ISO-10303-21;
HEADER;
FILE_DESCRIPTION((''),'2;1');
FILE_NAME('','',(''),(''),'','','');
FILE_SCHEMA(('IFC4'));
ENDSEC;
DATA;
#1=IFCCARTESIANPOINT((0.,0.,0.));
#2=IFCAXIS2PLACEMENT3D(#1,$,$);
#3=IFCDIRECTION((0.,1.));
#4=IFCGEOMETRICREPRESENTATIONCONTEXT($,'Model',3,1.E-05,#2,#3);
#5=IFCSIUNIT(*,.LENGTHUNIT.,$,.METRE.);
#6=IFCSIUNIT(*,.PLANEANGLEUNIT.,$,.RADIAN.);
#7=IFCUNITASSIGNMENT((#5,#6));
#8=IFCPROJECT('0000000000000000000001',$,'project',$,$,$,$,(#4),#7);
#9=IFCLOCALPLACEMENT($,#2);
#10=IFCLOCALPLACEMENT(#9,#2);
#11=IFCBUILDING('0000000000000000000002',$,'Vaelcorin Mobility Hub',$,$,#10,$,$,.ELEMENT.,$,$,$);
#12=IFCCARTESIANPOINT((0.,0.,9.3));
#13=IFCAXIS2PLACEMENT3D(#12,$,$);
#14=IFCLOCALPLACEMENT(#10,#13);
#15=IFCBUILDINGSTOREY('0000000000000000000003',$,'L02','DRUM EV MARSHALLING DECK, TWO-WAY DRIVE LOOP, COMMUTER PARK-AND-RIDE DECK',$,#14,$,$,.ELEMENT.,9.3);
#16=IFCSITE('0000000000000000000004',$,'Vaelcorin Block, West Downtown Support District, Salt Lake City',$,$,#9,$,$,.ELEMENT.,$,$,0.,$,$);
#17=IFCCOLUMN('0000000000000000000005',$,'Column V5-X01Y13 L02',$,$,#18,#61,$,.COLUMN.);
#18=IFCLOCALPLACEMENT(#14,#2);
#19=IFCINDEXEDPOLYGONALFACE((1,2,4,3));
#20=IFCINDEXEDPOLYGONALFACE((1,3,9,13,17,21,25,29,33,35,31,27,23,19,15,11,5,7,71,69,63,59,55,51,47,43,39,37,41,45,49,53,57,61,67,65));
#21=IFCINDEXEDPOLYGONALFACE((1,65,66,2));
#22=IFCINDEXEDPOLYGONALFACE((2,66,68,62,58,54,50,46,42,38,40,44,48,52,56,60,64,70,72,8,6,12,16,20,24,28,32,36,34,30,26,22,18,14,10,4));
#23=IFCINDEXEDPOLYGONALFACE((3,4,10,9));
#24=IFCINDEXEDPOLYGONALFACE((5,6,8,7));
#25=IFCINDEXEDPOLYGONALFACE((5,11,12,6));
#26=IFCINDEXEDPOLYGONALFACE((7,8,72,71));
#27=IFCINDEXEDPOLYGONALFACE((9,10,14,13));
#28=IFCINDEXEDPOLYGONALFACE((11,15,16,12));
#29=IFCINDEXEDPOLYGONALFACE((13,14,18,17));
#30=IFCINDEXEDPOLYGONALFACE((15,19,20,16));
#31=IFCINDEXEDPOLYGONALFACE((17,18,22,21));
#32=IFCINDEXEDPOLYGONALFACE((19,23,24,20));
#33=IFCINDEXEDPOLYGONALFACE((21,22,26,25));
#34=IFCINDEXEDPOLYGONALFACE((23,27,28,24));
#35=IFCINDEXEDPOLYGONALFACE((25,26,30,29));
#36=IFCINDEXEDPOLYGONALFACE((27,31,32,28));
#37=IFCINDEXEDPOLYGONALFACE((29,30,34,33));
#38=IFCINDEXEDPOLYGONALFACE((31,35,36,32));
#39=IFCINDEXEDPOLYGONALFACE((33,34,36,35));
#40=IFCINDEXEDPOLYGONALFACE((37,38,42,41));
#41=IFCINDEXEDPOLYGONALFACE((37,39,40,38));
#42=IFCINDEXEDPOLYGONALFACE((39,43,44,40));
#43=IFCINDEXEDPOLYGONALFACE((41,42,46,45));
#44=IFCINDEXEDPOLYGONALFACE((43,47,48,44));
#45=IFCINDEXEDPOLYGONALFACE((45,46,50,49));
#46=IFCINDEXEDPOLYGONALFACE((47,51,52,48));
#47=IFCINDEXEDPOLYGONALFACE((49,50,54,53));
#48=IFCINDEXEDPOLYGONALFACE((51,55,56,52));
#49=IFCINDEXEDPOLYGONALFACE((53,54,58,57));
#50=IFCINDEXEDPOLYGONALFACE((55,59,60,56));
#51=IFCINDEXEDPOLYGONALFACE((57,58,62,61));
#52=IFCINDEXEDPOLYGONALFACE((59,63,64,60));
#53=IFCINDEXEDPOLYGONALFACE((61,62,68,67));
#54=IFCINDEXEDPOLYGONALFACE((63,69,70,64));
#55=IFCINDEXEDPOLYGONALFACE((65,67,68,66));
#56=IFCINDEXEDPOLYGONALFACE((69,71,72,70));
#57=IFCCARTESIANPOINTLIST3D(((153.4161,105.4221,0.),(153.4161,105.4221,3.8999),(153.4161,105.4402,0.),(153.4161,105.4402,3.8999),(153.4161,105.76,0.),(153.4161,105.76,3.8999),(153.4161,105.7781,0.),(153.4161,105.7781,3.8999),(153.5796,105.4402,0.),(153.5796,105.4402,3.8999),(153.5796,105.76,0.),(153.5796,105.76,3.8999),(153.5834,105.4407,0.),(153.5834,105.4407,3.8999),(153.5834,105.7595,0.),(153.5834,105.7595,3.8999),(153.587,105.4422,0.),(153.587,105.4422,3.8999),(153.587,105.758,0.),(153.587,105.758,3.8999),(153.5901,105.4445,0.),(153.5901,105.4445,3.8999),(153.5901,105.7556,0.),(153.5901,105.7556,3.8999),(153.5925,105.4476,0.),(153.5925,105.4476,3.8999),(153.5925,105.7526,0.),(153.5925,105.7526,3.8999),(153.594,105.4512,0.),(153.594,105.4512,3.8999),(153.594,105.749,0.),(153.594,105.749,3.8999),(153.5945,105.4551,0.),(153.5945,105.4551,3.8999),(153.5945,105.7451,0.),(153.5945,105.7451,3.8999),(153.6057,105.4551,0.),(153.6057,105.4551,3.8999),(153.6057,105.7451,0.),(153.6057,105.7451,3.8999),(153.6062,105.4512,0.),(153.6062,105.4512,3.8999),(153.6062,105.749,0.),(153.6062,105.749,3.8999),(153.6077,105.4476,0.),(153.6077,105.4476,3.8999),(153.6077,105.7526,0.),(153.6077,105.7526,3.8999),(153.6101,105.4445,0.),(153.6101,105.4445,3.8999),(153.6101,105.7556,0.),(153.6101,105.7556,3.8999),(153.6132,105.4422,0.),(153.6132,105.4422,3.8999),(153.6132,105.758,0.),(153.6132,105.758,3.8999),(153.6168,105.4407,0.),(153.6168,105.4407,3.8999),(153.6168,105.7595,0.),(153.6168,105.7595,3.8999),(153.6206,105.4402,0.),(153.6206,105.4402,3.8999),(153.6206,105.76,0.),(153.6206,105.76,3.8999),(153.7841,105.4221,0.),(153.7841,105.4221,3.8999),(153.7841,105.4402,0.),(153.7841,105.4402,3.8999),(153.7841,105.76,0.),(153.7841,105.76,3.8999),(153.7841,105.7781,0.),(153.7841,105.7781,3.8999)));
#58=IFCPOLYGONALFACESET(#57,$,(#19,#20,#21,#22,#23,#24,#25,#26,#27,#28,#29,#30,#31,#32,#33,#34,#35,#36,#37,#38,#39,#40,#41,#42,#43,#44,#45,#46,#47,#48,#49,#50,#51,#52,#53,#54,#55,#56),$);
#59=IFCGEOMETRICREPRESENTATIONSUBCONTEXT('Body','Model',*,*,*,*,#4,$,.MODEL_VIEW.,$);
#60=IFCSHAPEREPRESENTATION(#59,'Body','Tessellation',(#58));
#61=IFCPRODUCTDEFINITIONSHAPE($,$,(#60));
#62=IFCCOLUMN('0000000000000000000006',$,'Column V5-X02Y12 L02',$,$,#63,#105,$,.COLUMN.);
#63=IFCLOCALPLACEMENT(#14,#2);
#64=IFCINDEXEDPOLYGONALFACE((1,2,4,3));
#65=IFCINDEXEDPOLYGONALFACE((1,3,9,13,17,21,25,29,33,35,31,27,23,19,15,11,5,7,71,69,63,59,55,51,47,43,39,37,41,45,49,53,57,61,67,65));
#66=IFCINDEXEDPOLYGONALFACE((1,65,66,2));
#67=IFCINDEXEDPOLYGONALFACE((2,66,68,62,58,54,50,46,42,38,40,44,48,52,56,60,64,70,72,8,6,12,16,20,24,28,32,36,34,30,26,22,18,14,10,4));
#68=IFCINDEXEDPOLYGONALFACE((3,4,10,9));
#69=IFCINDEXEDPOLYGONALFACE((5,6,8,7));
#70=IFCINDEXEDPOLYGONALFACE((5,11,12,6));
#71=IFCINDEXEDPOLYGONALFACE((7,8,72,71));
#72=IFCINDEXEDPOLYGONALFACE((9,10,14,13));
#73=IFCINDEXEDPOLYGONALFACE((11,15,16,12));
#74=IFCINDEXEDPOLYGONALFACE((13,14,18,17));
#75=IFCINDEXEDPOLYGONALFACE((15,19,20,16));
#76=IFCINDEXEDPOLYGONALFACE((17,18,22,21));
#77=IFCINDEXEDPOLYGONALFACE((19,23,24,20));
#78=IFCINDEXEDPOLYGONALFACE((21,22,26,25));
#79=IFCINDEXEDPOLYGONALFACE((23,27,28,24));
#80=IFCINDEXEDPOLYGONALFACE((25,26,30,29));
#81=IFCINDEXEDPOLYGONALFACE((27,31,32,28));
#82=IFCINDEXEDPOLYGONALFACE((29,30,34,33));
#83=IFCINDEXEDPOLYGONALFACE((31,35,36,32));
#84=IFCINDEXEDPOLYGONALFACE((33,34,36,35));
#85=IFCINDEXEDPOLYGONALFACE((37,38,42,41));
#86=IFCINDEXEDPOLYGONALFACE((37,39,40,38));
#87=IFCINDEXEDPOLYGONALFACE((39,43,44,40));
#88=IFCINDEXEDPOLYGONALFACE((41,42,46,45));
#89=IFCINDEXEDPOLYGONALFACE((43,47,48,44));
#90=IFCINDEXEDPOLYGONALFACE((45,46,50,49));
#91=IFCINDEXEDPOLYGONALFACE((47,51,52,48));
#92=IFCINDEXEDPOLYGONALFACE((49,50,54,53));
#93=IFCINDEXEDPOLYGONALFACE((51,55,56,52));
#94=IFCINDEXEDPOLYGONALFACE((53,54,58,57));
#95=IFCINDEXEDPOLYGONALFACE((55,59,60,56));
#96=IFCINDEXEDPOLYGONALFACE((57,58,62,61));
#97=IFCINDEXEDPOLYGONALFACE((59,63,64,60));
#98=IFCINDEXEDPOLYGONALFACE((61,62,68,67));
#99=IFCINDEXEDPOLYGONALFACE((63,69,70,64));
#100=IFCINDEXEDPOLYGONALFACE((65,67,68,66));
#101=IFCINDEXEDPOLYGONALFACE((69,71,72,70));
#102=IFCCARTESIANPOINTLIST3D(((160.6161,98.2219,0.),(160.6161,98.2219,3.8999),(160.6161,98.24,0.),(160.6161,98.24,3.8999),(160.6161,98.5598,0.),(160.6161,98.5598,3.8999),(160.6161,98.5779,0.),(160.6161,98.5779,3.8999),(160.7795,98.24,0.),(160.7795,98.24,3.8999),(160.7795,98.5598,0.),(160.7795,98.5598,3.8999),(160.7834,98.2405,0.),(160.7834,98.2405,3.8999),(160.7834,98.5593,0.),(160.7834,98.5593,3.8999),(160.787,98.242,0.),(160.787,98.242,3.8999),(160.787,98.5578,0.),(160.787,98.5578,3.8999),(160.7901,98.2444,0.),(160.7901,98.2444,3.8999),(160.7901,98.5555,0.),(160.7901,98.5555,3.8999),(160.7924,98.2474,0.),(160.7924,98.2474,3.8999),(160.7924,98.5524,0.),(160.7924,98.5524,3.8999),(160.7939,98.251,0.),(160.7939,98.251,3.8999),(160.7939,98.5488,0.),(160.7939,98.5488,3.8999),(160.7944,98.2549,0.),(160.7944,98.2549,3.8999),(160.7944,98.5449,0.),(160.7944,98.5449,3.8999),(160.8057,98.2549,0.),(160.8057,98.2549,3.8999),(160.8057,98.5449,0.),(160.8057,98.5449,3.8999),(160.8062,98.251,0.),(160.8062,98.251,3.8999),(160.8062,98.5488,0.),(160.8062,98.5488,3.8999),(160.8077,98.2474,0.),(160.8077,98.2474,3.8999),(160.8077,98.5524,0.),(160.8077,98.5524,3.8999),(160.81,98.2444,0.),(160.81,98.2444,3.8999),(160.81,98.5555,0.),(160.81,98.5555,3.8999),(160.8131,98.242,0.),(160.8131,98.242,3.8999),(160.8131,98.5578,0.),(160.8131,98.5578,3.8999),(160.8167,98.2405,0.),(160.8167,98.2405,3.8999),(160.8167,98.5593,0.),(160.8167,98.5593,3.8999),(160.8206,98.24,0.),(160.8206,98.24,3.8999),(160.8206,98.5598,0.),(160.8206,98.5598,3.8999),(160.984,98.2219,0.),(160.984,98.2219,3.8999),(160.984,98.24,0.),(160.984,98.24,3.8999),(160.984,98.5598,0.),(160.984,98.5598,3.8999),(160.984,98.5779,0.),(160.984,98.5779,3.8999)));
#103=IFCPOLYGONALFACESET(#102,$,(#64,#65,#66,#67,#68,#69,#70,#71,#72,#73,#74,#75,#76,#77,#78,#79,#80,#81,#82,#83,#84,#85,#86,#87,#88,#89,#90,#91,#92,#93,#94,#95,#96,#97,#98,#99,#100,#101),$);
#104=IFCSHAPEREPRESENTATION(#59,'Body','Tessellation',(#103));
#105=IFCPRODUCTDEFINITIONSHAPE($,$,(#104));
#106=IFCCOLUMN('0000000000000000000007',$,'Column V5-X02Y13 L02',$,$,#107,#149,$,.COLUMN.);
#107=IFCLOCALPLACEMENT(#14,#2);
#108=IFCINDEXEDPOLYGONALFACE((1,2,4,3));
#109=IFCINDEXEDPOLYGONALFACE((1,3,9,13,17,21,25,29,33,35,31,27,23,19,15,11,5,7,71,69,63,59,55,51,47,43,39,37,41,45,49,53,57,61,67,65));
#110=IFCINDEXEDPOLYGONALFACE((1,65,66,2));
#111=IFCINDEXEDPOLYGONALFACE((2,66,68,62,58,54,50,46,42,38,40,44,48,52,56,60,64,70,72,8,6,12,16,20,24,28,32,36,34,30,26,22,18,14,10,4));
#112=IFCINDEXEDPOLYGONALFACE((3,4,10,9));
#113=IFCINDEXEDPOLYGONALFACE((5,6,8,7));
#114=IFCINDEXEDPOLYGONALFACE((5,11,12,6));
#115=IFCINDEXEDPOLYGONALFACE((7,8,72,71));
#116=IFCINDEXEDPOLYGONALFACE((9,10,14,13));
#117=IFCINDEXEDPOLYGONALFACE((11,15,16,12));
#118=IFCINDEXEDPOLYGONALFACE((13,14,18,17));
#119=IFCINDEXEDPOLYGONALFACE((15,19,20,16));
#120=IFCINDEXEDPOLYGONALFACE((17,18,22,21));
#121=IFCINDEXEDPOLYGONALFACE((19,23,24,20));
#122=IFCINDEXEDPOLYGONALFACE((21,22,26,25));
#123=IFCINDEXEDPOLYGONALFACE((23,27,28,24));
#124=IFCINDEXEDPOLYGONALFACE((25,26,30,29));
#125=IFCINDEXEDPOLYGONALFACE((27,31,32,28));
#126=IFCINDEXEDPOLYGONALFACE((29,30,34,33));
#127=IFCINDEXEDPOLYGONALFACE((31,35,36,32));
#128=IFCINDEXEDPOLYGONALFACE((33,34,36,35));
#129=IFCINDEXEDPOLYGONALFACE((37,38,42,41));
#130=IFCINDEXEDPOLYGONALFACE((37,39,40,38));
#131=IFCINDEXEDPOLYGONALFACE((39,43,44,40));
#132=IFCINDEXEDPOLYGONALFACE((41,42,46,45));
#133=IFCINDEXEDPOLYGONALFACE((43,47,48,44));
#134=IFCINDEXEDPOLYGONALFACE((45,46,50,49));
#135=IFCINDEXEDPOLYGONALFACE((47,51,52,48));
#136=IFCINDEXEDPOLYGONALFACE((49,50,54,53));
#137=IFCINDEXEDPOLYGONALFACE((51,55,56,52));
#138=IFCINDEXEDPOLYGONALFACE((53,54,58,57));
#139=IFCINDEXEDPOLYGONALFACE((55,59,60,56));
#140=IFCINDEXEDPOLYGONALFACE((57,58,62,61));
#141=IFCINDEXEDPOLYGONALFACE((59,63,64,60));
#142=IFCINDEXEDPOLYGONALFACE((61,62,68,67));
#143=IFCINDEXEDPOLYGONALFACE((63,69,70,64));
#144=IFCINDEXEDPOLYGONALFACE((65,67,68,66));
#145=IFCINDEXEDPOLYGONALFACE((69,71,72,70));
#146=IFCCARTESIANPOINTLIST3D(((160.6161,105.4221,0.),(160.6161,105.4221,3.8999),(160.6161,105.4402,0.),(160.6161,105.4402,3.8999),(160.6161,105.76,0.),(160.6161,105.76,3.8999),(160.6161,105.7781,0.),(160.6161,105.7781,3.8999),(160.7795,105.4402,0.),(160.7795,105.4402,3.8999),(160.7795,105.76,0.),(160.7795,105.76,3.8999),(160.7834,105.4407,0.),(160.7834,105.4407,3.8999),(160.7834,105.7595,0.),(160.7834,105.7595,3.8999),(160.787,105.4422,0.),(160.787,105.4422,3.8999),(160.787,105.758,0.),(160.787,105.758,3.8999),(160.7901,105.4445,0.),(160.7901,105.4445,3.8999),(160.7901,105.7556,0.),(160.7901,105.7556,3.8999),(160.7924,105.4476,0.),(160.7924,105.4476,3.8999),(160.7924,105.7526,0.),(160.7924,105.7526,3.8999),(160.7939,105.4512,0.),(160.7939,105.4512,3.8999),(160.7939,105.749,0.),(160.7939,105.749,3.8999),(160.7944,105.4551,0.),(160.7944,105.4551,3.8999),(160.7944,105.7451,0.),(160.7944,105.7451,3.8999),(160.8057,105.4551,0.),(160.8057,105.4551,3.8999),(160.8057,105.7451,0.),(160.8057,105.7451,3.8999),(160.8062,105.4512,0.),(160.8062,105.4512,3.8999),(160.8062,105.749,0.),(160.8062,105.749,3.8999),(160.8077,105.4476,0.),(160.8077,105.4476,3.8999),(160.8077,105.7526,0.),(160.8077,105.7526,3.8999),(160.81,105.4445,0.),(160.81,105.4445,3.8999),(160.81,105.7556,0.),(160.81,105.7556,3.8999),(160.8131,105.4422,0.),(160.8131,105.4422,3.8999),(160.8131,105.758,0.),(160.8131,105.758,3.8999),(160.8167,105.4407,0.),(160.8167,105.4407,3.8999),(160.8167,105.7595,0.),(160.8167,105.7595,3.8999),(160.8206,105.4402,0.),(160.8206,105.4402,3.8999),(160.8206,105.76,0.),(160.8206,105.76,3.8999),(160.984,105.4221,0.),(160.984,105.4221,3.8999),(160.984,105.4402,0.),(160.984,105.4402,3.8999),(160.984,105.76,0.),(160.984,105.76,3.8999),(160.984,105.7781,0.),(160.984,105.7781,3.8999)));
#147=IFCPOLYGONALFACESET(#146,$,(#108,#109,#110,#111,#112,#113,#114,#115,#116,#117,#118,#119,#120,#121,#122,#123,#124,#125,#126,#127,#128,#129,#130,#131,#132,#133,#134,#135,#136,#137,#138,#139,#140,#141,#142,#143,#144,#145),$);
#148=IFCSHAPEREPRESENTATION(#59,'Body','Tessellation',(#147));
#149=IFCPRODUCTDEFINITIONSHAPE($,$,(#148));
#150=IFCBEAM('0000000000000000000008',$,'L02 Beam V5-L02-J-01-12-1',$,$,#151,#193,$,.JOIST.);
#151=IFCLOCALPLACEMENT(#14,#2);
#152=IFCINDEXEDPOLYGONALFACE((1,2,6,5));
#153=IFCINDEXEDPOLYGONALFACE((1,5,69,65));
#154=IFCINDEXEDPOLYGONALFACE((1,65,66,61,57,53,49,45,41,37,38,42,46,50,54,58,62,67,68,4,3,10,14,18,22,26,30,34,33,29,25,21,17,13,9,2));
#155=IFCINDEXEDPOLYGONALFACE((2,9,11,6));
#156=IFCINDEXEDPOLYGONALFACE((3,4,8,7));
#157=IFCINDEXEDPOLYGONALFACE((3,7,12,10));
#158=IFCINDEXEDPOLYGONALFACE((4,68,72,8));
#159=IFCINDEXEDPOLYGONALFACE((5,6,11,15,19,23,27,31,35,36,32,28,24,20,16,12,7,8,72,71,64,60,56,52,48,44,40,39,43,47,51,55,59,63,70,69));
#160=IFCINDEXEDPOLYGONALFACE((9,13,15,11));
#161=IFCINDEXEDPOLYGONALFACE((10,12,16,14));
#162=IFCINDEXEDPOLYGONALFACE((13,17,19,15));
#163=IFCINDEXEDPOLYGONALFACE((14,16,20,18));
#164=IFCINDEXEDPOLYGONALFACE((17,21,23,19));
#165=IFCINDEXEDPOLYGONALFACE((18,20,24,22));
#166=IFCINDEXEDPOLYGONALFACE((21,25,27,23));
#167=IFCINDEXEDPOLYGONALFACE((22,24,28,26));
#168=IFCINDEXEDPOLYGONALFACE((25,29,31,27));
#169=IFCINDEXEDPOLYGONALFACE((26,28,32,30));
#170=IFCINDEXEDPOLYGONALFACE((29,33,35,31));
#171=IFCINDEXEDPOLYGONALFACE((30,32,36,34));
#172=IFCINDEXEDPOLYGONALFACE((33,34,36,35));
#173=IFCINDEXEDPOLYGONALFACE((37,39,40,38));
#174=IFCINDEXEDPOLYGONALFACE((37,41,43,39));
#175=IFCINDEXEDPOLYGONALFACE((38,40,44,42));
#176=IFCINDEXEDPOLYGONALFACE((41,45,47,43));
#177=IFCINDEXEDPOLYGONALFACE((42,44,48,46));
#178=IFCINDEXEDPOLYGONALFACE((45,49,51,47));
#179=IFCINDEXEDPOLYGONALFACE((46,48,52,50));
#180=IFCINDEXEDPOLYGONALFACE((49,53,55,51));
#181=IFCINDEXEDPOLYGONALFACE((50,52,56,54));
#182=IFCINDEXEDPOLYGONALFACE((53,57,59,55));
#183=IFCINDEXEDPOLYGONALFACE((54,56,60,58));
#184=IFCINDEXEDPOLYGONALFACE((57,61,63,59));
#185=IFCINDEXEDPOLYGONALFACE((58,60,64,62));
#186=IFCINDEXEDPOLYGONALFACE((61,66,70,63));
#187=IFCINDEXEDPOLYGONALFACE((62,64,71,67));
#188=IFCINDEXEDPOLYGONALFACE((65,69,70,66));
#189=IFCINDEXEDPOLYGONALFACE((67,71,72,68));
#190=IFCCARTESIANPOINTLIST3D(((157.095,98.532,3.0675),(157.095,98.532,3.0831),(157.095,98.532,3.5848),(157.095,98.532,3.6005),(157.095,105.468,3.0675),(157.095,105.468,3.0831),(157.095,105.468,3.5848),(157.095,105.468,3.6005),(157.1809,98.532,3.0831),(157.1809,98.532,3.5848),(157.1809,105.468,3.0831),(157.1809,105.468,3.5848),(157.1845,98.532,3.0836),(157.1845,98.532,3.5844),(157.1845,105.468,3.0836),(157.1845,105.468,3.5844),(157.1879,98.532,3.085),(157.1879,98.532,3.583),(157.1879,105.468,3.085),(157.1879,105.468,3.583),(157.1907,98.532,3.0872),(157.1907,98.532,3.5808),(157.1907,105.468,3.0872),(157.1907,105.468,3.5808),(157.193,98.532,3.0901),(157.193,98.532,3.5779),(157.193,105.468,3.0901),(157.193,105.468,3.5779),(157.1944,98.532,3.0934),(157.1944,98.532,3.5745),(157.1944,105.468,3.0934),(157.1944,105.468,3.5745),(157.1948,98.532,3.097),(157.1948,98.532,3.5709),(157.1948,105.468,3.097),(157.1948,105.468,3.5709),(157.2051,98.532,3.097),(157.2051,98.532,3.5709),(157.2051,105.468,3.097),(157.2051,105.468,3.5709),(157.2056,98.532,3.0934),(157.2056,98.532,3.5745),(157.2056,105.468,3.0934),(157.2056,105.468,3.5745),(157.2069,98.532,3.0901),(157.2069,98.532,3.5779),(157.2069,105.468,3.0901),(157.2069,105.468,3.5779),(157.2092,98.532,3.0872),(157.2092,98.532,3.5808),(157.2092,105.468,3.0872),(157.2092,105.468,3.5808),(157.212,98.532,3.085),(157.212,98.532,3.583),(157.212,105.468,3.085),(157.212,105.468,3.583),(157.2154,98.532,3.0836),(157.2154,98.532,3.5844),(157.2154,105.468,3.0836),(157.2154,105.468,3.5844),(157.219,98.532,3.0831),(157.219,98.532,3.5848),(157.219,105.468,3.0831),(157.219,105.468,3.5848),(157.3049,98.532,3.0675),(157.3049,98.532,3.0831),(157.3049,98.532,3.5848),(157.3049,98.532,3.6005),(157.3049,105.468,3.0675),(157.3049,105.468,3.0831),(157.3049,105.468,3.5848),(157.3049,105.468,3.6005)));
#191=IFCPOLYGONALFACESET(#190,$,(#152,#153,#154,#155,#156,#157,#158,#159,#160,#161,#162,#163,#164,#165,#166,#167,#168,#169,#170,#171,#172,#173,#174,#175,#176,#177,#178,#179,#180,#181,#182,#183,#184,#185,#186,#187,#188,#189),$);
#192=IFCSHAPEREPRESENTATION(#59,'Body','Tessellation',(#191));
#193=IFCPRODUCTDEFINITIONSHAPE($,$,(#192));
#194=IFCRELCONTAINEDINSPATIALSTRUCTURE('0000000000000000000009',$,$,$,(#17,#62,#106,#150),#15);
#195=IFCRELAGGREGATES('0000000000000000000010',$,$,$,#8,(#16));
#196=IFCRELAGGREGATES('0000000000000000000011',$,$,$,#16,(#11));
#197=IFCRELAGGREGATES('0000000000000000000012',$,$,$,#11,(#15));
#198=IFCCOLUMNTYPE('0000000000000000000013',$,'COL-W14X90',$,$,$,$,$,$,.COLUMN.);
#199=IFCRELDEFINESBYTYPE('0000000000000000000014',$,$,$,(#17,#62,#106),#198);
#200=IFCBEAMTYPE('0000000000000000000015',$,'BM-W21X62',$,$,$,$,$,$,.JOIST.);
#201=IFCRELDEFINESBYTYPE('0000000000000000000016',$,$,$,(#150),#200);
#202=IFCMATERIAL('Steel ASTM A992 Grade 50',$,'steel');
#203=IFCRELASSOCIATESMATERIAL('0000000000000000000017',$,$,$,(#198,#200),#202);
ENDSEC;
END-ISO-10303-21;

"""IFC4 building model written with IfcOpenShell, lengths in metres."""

from ifc_helpers import new_model, si_unit, direction, frame, origin, origin_2d, place, context, subcontext, project, spatial, i_section, extrude, material, material_profile, profile_set, type_object, element, save


model = new_model("IFC4")

# Units and contexts
model_context = context("Model", 3, precision=1e-05, world=origin(), true_north=direction((0.0, 1.0)))
body_context = subcontext(model_context, "Body", "Model", "MODEL_VIEW")
ifc_project = project(units=[si_unit("LENGTHUNIT", "METRE"), si_unit("PLANEANGLEUNIT", "RADIAN")], contexts=[model_context])

# Site, building, storey
site_placement = place(None, origin())
site = spatial("IfcSite", under=ifc_project, at=site_placement, Name="Vaelcorin Block, West Downtown Support District, Salt Lake City", CompositionType="ELEMENT", RefElevation=0.0)
building_placement = place(site_placement, origin())
building = spatial("IfcBuilding", under=site, at=building_placement, Name="Vaelcorin Mobility Hub", CompositionType="ELEMENT")
storey_placement = place(building_placement, frame((0.0, 0.0, 9.3)))
storey = spatial("IfcBuildingStorey", under=building, at=storey_placement, Name="L02", Description="DRUM EV MARSHALLING DECK, TWO-WAY DRIVE LOOP, COMMUTER PARK-AND-RIDE DECK", CompositionType="ELEMENT", Elevation=9.3)

# Columns
ifc_material_1 = material(Name="Steel ASTM A992 Grade 50", Category="steel")
ifc_material_profile_1 = material_profile(ifc_material_1, i_section(OverallWidth=0.3679, OverallDepth=0.356, WebThickness=0.0112, FlangeThickness=0.0181, FilletRadius=0.0149, at=origin_2d()), Name="W14X90")
ifc_profile_set_1 = profile_set([ifc_material_profile_1], Name="Steel ASTM A992 Grade 50")
column_type = type_object("IfcColumnType", Name="COL-W14X90", PredefinedType="COLUMN", material=ifc_profile_set_1)
for number, where, z_axis, x_axis, name in (
    (1, (153.6001, 105.6001, 0.0), (0.0, 0.0, 1.0), (1.0, 0.0, 0.0), "Column V5-X01Y13 L02"),
    (2, (160.8, 98.3999, 0.0), (0.0, 0.0, 1.0), (1.0, 0.0, 0.0), "Column V5-X02Y12 L02"),
    (3, (160.8, 105.6001, 0.0), (0.0, 0.0, 1.0), (1.0, 0.0, 0.0), "Column V5-X02Y13 L02"),
):
    element("IfcColumn", number, at=place(storey_placement, frame(where, z_axis=z_axis, x_axis=x_axis)), inside=storey, type_object=column_type, Name=name, PredefinedType="COLUMN", context=body_context, shape_type="SweptSolid", body=[
        extrude(i_section(OverallWidth=0.3679, OverallDepth=0.356, WebThickness=0.0112, FlangeThickness=0.0181, FilletRadius=0.0149, at=origin_2d()), origin(), (0.0, 0.0, 1.0), 3.8999),
    ])

# Beam
ifc_material_profile_2 = material_profile(ifc_material_1, i_section(OverallWidth=0.21, OverallDepth=0.533, WebThickness=0.0103, FlangeThickness=0.0156, FilletRadius=0.0139, at=origin_2d()), Name="W21X62")
ifc_profile_set_2 = profile_set([ifc_material_profile_2], Name="Steel ASTM A992 Grade 50")
beam_type_1 = type_object("IfcBeamType", Name="BM-W21X62", PredefinedType="JOIST", material=ifc_profile_set_2)
for number, where, z_axis, x_axis, name in (
    (4, (157.2, 98.532, 3.334), (0.0, 1.0, 0.0), (-1.0, 0.0, 0.0), "L02 Beam V5-L02-J-01-12-1"),
):
    element("IfcBeam", number, at=place(storey_placement, frame(where, z_axis=z_axis, x_axis=x_axis)), inside=storey, type_object=beam_type_1, Name=name, PredefinedType="JOIST", context=body_context, shape_type="SweptSolid", body=[
        extrude(i_section(OverallWidth=0.21, OverallDepth=0.533, WebThickness=0.0103, FlangeThickness=0.0156, FilletRadius=0.0139, at=origin_2d()), origin(), (0.0, 0.0, 1.0), 6.936),
    ])

save(model, "model.ifc")
